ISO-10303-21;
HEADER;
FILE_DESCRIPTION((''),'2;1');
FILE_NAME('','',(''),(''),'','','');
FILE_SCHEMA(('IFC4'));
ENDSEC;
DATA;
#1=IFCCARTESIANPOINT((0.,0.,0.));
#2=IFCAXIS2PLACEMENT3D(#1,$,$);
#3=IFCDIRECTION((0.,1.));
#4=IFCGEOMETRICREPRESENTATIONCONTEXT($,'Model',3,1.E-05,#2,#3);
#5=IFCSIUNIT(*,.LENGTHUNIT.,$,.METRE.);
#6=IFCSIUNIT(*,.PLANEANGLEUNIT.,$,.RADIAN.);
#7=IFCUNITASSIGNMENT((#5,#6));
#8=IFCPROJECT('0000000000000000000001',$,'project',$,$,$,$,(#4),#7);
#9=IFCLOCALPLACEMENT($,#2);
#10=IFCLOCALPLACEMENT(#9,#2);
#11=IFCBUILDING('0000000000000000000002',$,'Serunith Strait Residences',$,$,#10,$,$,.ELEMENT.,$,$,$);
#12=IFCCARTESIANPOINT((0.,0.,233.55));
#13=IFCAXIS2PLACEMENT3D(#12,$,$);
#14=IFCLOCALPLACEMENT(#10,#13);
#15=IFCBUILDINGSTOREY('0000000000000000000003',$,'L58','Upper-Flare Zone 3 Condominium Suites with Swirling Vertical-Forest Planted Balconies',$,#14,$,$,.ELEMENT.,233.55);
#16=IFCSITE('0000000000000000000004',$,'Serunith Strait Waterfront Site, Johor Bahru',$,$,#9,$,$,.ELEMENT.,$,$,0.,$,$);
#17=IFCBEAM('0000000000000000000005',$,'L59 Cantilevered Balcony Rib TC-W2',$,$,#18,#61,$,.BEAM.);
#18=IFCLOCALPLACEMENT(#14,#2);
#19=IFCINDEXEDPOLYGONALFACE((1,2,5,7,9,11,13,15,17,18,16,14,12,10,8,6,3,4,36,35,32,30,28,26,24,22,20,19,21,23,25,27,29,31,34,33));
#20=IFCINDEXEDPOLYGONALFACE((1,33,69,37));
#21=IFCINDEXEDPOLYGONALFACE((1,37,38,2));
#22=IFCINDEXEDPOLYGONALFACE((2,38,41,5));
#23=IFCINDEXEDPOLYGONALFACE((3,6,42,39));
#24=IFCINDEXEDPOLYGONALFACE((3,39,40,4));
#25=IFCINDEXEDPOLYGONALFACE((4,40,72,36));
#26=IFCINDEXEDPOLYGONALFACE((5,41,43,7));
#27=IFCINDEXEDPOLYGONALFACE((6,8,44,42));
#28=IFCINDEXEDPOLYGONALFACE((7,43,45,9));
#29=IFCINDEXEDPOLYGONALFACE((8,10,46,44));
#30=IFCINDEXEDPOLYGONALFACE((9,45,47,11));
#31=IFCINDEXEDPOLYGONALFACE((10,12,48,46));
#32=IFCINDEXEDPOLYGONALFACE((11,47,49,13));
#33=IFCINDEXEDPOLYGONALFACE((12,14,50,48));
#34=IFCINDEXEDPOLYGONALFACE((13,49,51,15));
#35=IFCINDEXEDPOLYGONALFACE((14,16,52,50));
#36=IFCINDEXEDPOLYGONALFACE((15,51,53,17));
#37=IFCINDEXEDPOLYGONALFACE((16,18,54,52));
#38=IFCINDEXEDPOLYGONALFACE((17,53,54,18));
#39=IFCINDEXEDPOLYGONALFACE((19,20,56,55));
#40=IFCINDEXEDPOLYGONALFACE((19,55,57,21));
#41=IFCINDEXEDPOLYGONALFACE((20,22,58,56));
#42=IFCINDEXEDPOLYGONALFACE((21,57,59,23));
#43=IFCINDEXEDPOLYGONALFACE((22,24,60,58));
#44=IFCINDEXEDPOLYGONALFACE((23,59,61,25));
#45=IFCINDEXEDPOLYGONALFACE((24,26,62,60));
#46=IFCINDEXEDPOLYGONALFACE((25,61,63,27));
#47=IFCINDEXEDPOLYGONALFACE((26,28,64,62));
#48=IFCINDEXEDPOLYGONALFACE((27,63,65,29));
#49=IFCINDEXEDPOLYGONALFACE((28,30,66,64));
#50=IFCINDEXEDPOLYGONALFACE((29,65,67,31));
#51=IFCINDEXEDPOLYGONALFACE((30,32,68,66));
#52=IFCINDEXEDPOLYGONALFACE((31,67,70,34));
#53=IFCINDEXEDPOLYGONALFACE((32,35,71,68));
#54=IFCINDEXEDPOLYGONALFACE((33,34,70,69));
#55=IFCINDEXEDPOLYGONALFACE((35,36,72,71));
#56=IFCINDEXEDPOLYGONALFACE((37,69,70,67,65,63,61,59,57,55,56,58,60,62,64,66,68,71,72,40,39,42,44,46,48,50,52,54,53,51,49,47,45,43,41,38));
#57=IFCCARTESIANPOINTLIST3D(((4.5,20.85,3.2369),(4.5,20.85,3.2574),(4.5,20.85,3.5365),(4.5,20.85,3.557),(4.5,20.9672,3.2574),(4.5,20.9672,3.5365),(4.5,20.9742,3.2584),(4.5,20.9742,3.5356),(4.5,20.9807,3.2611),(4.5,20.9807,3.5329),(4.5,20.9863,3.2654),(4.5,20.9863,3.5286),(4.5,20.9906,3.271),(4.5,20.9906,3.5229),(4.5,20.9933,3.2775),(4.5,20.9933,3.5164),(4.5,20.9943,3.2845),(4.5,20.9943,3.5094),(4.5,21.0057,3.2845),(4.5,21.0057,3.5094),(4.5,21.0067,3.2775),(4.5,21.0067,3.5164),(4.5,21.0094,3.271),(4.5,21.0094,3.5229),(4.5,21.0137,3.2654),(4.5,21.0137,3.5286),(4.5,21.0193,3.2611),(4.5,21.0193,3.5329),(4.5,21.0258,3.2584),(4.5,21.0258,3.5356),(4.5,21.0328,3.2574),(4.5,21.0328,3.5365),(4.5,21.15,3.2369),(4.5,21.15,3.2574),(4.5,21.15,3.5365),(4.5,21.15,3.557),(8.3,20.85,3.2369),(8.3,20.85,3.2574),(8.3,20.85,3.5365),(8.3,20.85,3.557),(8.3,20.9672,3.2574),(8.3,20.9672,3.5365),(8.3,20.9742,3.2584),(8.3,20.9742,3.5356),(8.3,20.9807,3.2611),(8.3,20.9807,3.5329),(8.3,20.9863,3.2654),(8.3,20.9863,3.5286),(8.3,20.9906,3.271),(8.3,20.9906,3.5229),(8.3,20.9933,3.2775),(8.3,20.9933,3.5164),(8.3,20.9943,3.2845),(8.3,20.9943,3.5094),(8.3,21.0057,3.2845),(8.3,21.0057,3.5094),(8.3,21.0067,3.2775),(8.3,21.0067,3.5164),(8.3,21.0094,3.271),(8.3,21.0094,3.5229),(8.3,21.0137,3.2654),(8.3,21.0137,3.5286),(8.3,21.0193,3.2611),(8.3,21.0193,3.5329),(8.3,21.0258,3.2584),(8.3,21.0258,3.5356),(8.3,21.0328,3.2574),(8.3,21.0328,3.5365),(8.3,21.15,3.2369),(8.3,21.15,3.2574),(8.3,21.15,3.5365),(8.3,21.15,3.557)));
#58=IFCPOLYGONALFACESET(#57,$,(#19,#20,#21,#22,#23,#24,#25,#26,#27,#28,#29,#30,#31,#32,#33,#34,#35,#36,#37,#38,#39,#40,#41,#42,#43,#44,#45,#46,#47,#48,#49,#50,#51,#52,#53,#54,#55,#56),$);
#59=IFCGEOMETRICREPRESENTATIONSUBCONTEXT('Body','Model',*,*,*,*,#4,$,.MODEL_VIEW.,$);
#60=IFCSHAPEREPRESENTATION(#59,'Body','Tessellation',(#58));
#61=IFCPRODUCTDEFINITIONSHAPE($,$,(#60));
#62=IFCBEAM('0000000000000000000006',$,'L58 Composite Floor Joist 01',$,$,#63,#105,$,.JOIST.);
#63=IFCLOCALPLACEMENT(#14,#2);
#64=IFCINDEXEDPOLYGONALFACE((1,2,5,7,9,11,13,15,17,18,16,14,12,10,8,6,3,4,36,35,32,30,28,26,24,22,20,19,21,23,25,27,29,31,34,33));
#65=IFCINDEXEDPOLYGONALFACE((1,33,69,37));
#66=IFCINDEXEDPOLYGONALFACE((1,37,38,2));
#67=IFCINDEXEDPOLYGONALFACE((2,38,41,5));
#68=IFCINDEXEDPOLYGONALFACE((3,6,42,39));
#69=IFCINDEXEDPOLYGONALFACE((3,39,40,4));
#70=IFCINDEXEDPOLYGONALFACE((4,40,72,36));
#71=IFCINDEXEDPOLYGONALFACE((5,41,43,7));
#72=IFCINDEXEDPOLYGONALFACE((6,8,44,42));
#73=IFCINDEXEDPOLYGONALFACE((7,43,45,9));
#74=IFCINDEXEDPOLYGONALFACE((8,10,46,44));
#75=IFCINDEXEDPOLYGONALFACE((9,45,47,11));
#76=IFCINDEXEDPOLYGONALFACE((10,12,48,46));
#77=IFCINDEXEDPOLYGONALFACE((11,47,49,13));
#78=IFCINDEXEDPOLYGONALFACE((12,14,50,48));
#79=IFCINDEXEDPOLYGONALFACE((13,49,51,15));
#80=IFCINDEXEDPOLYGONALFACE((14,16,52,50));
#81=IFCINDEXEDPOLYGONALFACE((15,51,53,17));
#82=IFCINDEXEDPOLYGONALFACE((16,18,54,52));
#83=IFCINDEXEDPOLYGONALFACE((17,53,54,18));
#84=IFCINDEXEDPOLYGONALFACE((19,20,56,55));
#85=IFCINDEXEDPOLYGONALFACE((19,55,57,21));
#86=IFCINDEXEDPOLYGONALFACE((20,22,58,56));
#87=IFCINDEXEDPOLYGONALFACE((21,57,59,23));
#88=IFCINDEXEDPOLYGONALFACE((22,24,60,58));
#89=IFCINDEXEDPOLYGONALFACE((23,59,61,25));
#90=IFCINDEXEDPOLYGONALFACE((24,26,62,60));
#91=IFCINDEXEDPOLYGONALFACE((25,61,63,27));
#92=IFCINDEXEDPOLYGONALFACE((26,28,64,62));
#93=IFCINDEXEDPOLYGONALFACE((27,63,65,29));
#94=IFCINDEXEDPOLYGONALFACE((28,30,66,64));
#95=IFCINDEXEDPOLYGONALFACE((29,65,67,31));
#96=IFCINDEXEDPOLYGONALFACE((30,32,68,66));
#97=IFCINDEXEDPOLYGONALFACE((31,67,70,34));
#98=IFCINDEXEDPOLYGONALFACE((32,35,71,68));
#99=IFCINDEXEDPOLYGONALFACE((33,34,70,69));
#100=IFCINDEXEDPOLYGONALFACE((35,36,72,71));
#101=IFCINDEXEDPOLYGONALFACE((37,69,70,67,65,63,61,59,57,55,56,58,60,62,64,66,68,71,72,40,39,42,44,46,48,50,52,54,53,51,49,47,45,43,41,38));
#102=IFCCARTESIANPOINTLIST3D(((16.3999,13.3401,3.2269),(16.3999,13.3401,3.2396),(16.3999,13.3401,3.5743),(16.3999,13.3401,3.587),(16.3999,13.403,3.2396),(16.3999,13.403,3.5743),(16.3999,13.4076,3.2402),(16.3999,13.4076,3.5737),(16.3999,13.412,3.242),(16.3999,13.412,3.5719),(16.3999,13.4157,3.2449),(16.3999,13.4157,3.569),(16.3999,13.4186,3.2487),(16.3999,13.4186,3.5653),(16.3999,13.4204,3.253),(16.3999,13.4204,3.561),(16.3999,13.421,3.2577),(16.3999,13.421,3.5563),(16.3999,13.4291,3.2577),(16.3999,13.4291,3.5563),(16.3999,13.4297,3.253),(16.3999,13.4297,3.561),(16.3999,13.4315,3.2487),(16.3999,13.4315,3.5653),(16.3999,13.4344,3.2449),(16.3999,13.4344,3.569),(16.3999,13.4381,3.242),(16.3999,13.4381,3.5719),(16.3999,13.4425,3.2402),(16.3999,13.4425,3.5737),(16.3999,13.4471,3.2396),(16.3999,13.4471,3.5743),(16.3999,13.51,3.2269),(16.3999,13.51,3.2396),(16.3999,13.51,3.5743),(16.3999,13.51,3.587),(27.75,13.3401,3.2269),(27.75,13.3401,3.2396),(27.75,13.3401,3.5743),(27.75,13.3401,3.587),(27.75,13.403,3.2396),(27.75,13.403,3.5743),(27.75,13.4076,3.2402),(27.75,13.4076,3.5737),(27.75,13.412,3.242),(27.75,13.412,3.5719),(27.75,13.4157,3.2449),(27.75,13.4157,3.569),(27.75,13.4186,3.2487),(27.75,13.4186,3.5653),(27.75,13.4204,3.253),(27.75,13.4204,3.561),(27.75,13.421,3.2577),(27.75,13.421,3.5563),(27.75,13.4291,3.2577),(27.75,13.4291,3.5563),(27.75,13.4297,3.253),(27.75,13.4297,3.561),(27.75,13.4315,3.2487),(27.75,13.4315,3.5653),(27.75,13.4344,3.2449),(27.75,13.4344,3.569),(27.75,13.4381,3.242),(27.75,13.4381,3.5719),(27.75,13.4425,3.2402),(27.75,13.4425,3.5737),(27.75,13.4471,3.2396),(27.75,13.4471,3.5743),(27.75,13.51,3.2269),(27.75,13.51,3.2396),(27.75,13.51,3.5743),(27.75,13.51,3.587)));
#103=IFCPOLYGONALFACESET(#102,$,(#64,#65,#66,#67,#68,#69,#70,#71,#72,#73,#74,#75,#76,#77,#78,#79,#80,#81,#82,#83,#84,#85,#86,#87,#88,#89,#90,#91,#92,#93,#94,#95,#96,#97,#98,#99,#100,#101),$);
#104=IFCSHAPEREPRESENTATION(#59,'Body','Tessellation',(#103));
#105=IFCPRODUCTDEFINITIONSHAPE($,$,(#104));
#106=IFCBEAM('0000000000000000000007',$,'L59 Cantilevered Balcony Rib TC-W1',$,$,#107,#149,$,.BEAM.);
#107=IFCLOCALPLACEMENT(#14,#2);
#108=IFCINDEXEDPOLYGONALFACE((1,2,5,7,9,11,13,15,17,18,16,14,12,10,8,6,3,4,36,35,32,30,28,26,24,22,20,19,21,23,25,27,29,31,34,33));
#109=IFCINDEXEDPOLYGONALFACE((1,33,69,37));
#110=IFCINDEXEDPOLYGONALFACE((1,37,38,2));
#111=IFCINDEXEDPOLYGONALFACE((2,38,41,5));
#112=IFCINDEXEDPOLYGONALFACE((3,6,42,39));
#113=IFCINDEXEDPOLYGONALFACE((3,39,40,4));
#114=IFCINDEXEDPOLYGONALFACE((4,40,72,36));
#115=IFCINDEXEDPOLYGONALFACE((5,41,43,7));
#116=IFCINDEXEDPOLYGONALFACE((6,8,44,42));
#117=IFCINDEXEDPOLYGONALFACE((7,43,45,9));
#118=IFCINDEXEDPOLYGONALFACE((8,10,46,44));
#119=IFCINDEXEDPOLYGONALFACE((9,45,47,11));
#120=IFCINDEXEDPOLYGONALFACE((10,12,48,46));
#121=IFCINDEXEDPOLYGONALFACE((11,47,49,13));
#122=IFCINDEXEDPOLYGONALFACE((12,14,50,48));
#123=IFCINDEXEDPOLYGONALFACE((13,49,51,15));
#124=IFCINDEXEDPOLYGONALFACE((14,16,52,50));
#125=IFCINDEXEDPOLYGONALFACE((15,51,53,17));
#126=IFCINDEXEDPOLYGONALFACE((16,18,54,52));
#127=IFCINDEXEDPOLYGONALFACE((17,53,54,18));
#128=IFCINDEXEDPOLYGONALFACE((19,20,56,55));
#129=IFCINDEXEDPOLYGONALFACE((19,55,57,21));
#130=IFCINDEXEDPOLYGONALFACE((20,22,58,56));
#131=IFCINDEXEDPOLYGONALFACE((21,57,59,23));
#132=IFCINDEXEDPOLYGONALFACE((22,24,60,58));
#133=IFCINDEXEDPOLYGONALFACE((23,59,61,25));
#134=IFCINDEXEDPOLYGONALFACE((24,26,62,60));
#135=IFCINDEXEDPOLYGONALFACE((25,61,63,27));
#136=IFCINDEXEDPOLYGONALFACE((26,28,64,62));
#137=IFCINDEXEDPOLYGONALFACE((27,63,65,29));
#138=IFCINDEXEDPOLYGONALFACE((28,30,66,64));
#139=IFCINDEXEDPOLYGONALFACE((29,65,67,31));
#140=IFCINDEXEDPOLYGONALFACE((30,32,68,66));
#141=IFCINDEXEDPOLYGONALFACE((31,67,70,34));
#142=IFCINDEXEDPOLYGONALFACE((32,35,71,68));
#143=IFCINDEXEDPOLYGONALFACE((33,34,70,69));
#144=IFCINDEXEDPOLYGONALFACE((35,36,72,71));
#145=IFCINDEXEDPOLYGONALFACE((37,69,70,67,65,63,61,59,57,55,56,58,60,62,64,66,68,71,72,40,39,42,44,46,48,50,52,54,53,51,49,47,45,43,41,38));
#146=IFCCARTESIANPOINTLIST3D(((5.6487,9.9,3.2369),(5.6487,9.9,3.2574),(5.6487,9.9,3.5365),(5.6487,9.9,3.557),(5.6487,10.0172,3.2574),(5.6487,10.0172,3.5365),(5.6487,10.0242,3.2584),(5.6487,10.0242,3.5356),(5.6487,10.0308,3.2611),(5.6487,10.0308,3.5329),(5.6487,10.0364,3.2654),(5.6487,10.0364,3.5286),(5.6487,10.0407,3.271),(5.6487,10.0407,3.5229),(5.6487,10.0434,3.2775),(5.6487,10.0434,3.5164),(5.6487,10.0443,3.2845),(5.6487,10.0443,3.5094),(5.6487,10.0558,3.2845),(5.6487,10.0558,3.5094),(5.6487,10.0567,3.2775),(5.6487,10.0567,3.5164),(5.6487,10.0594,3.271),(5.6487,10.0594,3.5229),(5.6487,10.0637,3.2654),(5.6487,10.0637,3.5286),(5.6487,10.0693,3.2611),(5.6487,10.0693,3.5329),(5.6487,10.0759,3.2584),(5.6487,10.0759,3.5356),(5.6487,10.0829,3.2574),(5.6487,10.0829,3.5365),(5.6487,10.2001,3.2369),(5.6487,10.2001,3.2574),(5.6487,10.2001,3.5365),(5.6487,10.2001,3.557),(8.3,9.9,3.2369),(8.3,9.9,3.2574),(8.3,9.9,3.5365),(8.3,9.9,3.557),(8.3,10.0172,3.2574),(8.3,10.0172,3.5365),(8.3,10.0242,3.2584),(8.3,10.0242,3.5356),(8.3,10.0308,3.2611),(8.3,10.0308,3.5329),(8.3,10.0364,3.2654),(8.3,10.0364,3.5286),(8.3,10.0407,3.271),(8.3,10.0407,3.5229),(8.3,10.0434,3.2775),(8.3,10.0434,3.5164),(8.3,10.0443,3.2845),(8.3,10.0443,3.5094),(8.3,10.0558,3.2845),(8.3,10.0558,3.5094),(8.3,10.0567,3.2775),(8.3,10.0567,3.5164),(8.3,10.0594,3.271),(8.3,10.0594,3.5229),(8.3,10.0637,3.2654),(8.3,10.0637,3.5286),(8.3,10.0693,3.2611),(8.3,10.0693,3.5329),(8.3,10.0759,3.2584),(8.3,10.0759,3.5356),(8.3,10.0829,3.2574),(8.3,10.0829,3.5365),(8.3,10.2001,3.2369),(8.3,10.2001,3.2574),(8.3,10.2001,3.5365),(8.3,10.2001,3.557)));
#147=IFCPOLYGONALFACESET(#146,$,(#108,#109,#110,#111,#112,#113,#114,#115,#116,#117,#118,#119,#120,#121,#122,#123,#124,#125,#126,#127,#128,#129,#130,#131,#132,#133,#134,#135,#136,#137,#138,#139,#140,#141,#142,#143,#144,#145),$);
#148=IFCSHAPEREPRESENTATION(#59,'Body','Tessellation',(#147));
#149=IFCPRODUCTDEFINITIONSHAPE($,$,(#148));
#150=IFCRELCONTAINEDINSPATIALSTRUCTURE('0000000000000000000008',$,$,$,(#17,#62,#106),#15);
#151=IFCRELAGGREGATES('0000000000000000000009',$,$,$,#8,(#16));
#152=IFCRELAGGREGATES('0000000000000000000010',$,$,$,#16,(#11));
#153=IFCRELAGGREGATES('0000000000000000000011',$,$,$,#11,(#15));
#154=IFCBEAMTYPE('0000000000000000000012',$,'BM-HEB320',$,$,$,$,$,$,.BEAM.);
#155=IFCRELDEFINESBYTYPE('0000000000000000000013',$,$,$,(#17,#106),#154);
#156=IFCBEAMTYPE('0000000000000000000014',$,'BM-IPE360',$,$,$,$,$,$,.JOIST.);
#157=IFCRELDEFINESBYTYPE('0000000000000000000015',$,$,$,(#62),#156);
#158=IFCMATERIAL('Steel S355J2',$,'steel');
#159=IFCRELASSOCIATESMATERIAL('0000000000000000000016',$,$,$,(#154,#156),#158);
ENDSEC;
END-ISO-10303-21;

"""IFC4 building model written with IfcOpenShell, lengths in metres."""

from ifc_helpers import new_model, si_unit, direction, frame, origin, origin_2d, place, context, subcontext, project, spatial, i_section, extrude, source, transform, mapped, material, material_profile, profile_set, type_object, element, save


model = new_model("IFC4")

# Units and contexts
model_context = context("Model", 3, precision=1e-05, world=origin(), true_north=direction((0.0, 1.0)))
body_context = subcontext(model_context, "Body", "Model", "MODEL_VIEW")
ifc_project = project(units=[si_unit("LENGTHUNIT", "METRE"), si_unit("PLANEANGLEUNIT", "RADIAN")], contexts=[model_context])

# Site, building, storey
site_placement = place(None, origin())
site = spatial("IfcSite", under=ifc_project, at=site_placement, Name="Serunith Strait Waterfront Site, Johor Bahru", CompositionType="ELEMENT", RefElevation=0.0)
building_placement = place(site_placement, origin())
building = spatial("IfcBuilding", under=site, at=building_placement, Name="Serunith Strait Residences", CompositionType="ELEMENT")
storey_placement = place(building_placement, frame((0.0, 0.0, 233.55)))
storey = spatial("IfcBuildingStorey", under=building, at=storey_placement, Name="L58", Description="Upper-Flare Zone 3 Condominium Suites with Swirling Vertical-Forest Planted Balconies", CompositionType="ELEMENT", Elevation=233.55)

# Beams
ifc_material_1 = material(Name="Steel S355J2", Category="steel")
ifc_material_profile_1 = material_profile(ifc_material_1, i_section(OverallWidth=0.3, OverallDepth=0.3201, WebThickness=0.0115, FlangeThickness=0.0205, FilletRadius=0.0271, at=origin_2d()), Name="HEB 320")
ifc_profile_set_1 = profile_set([ifc_material_profile_1], Name="Steel S355J2")
beam_type_1 = type_object("IfcBeamType", Name="BM-HEB320", PredefinedType="BEAM", material=ifc_profile_set_1)
shared_shape_1 = source(origin(), body_context, "Body", "SweptSolid", [
    extrude(i_section(OverallWidth=0.3, OverallDepth=0.3201, WebThickness=0.0115, FlangeThickness=0.0205, FilletRadius=0.0271, at=origin_2d()), origin(), (0.0, 0.0, 1.0), 3.8),
])
beam_1_placement = place(storey_placement, frame((8.3, 21.0, 3.397), z_axis=(-1.0, 0.0, 0.0), x_axis=(0.0, -1.0, 0.0)))
element("IfcBeam", 1, at=beam_1_placement, inside=storey, type_object=beam_type_1, Name="L59 Cantilevered Balcony Rib TC-W2", PredefinedType="BEAM", context=body_context, shape_type="MappedRepresentation", body=[
    mapped(shared_shape_1, transform((0.0, 0.0, 0.0), scale=1.0)),
])
ifc_material_profile_2 = material_profile(ifc_material_1, i_section(OverallWidth=0.1699, OverallDepth=0.3601, WebThickness=0.0081, FlangeThickness=0.0127, FilletRadius=0.0181, at=origin_2d()), Name="IPE 360")
ifc_profile_set_2 = profile_set([ifc_material_profile_2], Name="Steel S355J2")
beam_type_2 = type_object("IfcBeamType", Name="BM-IPE360", PredefinedType="JOIST", material=ifc_profile_set_2)
shared_shape_2 = source(origin(), body_context, "Body", "SweptSolid", [
    extrude(i_section(OverallWidth=0.1699, OverallDepth=0.3601, WebThickness=0.0081, FlangeThickness=0.0127, FilletRadius=0.0181, at=origin_2d()), origin(), (0.0, 0.0, 1.0), 11.3501),
])
beam_2_placement = place(storey_placement, frame((16.3999, 13.425, 3.407), z_axis=(1.0, 0.0, 0.0), x_axis=(0.0, 1.0, 0.0)))
element("IfcBeam", 2, at=beam_2_placement, inside=storey, type_object=beam_type_2, Name="L58 Composite Floor Joist 01", PredefinedType="JOIST", context=body_context, shape_type="MappedRepresentation", body=[
    mapped(shared_shape_2, transform((0.0, 0.0, 0.0), scale=1.0)),
])
shared_shape_3 = source(origin(), body_context, "Body", "SweptSolid", [
    extrude(i_section(OverallWidth=0.3, OverallDepth=0.3201, WebThickness=0.0115, FlangeThickness=0.0205, FilletRadius=0.0271, at=origin_2d()), origin(), (0.0, 0.0, 1.0), 2.6514),
])
beam_3_placement = place(storey_placement, frame((8.3, 10.05, 3.397), z_axis=(-1.0, 0.0, 0.0), x_axis=(0.0, -1.0, 0.0)))
element("IfcBeam", 3, at=beam_3_placement, inside=storey, type_object=beam_type_1, Name="L59 Cantilevered Balcony Rib TC-W1", PredefinedType="BEAM", context=body_context, shape_type="MappedRepresentation", body=[
    mapped(shared_shape_3, transform((0.0, 0.0, 0.0), scale=1.0)),
])

save(model, "model.ifc")
